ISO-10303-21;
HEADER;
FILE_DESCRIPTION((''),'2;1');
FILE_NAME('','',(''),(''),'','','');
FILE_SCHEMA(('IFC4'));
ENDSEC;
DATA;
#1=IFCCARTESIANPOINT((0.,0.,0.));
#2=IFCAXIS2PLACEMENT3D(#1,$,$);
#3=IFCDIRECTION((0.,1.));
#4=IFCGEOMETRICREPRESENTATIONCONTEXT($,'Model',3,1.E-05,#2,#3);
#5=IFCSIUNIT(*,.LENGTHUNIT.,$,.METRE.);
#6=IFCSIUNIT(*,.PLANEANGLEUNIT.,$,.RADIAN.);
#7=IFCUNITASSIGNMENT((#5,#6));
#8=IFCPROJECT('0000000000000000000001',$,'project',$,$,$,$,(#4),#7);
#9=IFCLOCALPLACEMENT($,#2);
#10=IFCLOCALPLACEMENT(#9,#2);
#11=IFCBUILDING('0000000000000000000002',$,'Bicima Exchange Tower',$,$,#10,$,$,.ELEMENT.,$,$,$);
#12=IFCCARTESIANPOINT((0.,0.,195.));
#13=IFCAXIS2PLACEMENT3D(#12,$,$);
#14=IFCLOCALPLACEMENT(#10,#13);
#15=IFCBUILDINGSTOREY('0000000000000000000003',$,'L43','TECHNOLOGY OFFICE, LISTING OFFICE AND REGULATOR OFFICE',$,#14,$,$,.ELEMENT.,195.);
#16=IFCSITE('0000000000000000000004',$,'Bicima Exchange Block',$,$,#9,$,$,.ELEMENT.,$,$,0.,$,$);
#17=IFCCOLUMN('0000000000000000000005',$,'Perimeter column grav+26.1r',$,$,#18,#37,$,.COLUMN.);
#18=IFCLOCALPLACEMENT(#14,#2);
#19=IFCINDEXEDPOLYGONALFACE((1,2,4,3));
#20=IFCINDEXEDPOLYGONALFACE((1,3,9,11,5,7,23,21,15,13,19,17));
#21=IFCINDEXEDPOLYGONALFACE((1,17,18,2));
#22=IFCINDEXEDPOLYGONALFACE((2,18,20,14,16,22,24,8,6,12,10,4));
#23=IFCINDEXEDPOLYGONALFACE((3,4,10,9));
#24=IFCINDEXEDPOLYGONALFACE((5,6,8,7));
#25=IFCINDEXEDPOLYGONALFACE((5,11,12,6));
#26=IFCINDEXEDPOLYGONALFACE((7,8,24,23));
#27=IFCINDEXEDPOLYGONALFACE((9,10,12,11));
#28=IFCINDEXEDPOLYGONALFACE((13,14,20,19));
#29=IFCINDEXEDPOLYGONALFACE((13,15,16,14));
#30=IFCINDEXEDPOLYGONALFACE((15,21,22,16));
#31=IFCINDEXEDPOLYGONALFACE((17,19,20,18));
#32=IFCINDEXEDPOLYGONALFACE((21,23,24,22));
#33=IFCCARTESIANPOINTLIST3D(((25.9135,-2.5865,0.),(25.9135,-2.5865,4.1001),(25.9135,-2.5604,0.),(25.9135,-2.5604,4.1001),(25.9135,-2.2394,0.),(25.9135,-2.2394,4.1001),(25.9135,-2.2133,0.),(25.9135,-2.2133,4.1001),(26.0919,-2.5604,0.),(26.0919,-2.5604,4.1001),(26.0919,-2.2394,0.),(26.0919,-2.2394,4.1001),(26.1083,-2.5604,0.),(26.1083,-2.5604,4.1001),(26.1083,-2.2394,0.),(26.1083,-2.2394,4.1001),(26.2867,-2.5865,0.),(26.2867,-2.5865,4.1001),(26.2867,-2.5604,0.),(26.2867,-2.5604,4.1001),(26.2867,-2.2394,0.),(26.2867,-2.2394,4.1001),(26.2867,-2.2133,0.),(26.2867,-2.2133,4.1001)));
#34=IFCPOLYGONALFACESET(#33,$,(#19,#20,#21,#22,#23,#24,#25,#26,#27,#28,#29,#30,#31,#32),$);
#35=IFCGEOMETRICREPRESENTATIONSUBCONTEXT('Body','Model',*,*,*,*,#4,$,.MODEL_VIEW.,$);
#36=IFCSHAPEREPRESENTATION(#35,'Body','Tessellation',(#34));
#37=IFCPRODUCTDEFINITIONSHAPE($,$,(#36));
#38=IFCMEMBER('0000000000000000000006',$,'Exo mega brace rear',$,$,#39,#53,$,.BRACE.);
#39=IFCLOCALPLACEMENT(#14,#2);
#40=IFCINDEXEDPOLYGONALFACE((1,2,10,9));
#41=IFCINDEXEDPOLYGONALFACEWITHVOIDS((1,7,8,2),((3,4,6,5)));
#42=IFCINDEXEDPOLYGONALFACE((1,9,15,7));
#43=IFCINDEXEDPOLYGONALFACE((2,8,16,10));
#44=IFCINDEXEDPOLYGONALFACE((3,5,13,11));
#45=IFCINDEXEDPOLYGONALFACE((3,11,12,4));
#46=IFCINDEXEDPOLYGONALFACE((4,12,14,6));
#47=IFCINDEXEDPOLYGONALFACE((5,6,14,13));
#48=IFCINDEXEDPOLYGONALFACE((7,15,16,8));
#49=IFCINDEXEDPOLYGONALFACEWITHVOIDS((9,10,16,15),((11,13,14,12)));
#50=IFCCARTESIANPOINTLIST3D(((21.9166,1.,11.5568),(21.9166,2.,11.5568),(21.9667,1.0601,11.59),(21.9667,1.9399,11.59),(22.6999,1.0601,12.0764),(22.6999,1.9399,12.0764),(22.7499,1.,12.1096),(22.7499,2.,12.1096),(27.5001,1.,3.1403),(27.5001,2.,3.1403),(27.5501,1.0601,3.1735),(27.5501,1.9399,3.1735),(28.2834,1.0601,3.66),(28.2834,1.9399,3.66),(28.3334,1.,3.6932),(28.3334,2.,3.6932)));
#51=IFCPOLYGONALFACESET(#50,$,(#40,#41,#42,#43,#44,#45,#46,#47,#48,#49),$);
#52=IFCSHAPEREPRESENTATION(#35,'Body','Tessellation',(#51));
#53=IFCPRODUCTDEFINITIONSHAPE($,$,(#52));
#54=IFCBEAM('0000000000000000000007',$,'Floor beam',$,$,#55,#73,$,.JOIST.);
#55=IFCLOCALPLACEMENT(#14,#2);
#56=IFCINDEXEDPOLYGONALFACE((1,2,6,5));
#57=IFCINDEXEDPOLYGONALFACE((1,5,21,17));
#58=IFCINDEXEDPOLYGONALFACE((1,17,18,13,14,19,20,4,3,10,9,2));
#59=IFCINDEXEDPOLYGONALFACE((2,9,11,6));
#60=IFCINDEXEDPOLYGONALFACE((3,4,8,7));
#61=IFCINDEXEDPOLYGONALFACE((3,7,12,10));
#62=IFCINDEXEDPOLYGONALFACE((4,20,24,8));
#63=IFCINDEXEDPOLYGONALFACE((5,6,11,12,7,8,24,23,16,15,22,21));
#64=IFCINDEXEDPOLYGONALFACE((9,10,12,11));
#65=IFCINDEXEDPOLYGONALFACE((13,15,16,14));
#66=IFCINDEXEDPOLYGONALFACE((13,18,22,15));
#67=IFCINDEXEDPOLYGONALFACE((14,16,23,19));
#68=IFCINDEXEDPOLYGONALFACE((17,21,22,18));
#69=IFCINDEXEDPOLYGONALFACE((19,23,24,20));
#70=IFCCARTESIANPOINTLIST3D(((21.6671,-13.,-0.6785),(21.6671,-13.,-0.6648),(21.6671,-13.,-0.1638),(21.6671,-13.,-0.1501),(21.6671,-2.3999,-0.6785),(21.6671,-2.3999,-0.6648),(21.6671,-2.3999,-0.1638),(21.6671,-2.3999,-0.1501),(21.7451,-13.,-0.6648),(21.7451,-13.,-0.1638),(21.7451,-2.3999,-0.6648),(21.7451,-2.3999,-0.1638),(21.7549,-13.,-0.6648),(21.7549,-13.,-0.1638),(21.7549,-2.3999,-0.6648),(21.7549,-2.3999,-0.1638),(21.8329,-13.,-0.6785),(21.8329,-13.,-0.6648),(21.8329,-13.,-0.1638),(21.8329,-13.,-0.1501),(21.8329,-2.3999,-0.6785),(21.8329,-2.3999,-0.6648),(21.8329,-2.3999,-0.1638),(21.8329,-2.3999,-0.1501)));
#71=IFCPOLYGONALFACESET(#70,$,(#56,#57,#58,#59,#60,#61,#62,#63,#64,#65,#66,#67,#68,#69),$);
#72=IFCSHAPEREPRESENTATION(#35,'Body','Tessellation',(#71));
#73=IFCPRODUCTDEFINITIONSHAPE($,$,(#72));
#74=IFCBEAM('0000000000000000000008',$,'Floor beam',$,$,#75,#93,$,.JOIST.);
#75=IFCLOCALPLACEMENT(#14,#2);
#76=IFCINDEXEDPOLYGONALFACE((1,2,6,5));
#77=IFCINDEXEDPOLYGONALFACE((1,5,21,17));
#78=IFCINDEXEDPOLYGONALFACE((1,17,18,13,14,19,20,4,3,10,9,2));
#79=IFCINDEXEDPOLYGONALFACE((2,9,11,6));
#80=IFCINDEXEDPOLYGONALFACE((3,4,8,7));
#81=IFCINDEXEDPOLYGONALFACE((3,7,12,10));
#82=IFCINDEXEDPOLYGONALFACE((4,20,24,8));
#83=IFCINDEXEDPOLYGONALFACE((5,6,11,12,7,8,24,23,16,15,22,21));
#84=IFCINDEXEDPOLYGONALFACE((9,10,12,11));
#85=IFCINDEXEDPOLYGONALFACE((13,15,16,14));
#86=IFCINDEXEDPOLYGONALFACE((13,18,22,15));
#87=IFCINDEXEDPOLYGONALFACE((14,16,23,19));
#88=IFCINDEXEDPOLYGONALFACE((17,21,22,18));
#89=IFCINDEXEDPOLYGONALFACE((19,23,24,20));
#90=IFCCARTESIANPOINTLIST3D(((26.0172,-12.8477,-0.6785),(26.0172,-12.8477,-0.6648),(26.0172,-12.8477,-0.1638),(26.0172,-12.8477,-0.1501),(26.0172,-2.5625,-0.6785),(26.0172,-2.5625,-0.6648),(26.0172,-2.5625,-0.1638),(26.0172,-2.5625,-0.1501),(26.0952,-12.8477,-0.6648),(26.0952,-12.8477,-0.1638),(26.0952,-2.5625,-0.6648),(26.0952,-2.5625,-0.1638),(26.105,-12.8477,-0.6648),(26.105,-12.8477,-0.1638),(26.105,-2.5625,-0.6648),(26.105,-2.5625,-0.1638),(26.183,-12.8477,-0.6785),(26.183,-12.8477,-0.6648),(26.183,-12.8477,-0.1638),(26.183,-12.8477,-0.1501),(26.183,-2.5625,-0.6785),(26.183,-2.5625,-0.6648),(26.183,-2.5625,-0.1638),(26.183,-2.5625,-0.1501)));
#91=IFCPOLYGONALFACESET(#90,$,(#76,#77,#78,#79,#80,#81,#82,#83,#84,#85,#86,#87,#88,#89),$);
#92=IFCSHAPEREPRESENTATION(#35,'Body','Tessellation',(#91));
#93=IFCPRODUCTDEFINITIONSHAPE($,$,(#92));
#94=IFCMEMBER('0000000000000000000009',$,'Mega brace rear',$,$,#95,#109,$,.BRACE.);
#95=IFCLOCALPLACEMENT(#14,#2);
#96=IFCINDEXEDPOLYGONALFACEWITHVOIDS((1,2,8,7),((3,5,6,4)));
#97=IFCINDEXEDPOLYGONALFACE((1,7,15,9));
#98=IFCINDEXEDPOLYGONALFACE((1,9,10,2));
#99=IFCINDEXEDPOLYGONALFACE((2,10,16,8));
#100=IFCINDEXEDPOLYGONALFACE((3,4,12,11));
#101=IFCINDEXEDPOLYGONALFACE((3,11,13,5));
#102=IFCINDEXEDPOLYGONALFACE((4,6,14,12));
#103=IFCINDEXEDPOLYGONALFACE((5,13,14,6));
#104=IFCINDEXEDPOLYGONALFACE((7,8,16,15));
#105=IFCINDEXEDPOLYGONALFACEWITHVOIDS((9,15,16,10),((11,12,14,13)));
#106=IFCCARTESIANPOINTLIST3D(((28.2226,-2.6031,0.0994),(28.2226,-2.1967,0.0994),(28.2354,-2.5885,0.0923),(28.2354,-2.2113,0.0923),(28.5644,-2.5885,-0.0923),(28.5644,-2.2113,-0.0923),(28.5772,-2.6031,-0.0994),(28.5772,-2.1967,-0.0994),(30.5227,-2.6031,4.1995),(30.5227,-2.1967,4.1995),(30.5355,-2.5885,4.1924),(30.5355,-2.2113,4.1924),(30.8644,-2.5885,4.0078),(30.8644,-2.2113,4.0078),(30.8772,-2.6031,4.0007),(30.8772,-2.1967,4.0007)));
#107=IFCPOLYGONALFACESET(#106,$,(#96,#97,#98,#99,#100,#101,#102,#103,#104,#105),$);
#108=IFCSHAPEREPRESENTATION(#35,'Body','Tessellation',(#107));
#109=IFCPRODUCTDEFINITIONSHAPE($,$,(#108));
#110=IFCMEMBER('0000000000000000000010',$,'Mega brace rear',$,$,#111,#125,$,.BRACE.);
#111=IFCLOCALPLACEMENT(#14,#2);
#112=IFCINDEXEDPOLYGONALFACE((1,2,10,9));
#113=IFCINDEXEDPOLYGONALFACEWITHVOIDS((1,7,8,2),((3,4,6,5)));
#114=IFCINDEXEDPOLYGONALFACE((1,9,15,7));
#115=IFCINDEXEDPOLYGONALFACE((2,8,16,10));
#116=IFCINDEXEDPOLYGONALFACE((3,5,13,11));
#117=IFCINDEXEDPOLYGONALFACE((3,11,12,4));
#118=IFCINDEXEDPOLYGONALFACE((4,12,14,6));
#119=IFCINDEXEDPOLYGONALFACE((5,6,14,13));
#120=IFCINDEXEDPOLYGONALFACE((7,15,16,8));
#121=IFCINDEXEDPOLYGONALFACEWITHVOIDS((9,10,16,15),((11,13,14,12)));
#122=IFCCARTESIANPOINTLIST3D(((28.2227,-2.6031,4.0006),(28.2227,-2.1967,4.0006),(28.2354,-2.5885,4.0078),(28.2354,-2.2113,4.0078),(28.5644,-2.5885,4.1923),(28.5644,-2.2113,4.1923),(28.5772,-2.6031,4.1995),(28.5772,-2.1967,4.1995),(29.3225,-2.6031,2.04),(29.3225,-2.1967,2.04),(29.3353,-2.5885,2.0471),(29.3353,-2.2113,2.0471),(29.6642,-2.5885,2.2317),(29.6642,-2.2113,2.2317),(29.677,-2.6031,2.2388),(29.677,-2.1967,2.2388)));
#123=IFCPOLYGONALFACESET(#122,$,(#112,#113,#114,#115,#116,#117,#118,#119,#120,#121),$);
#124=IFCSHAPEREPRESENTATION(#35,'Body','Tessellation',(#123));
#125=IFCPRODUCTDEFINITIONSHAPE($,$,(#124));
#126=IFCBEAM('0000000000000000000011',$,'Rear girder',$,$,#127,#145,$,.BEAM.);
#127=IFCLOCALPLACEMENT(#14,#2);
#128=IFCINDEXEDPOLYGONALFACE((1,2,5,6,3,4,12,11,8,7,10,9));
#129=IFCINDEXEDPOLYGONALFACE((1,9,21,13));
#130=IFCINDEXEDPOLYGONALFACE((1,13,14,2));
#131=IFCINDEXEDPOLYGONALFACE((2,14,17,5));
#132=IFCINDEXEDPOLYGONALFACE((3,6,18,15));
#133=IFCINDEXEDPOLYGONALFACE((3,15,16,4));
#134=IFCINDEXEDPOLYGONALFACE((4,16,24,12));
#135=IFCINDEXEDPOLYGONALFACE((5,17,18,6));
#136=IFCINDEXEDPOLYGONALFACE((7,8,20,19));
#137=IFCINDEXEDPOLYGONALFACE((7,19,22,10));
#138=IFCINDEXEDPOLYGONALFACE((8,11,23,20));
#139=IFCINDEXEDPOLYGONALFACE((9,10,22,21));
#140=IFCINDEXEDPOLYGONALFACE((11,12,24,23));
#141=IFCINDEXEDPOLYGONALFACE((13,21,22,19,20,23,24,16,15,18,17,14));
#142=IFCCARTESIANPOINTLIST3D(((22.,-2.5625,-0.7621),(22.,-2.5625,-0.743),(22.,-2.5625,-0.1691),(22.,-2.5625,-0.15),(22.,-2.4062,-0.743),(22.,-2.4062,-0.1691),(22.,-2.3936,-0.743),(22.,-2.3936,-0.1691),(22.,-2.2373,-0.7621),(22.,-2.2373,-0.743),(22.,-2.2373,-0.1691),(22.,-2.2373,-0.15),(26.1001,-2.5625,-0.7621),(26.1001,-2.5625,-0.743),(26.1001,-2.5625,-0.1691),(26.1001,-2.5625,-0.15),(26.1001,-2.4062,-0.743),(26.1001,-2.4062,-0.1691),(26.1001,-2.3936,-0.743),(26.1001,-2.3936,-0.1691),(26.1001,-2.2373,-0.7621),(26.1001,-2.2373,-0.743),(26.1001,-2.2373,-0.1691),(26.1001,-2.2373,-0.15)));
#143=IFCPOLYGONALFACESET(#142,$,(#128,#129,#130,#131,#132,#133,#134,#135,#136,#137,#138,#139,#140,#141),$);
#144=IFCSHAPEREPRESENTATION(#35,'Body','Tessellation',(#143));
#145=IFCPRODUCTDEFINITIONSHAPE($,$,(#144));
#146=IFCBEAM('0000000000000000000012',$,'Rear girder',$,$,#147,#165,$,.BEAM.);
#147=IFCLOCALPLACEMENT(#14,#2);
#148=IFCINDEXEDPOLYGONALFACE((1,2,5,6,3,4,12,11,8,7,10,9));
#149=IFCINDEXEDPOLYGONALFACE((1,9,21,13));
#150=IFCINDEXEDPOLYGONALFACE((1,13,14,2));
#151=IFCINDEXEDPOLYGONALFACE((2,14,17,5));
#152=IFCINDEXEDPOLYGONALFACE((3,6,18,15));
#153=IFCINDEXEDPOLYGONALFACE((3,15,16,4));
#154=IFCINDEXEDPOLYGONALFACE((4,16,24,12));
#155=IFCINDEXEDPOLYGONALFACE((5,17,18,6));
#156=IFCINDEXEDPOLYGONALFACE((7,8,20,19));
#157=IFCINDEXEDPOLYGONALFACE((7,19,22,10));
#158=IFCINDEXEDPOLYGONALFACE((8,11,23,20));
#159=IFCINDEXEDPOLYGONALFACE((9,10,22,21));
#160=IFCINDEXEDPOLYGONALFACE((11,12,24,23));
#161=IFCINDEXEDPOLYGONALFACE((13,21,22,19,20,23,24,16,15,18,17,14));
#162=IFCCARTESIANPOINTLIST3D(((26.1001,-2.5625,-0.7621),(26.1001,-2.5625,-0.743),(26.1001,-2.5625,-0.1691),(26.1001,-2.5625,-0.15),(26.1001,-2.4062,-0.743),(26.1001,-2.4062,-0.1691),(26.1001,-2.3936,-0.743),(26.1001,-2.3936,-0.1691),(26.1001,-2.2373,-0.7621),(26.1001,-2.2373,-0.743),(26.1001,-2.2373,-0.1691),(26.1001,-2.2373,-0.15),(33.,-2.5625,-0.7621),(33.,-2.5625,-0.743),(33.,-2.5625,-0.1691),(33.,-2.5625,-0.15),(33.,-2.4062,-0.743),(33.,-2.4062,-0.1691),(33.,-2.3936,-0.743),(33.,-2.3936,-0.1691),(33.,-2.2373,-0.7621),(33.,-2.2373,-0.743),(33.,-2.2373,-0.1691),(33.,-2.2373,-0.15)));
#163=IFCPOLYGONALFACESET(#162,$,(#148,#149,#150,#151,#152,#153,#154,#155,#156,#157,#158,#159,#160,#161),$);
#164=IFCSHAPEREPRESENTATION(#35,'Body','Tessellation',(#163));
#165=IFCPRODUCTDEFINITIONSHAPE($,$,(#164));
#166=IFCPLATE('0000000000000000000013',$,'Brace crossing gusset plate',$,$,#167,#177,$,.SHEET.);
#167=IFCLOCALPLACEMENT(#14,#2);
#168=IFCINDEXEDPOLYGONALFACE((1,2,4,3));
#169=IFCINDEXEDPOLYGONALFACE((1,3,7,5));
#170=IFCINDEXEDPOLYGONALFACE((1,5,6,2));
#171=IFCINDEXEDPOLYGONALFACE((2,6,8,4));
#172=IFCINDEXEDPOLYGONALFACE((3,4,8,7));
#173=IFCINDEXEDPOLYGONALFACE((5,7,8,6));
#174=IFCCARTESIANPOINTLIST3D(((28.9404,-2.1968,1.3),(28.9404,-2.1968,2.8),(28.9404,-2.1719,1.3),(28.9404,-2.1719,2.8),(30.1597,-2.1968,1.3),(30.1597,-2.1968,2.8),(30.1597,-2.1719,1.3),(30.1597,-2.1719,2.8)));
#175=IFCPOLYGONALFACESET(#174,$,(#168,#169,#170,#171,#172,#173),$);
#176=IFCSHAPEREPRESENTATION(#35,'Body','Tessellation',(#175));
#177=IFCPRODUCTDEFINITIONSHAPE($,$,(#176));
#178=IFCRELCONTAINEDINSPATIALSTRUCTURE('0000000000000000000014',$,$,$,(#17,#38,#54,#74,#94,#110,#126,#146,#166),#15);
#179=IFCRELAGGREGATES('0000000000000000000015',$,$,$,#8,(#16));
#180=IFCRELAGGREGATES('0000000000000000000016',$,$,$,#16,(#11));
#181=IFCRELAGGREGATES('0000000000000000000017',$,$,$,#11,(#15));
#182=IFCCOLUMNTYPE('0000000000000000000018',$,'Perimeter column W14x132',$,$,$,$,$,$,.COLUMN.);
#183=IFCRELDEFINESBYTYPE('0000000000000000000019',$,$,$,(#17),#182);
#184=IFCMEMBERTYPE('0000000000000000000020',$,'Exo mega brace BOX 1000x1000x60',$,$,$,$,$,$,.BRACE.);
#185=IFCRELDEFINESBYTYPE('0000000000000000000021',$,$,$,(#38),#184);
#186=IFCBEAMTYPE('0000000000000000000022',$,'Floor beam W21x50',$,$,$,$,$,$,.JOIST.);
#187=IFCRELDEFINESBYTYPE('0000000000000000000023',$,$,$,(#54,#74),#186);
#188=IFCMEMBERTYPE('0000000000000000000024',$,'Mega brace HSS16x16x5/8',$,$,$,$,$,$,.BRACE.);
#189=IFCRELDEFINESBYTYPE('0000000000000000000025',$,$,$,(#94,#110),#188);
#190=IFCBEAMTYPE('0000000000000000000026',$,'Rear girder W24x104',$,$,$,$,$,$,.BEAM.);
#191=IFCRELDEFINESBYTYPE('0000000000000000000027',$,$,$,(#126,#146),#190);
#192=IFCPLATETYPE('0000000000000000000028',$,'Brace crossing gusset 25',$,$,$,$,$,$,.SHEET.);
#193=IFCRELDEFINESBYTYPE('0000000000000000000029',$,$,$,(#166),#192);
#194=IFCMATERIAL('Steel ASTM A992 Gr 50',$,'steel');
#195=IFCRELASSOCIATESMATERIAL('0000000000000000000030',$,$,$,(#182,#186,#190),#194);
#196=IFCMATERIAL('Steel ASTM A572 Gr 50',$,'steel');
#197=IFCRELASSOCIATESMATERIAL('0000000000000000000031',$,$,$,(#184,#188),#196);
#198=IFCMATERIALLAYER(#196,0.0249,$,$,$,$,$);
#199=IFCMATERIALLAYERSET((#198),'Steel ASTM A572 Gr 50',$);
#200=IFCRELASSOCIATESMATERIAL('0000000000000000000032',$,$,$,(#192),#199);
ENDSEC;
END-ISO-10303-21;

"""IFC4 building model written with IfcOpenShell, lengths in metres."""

from ifc_helpers import new_model, si_unit, direction, frame, origin, origin_2d, place, context, subcontext, project, spatial, rectangle, hollow_rectangle, i_section, extrude, material, layer, layer_set, material_profile, profile_set, type_object, element, save


model = new_model("IFC4")

# Units and contexts
model_context = context("Model", 3, precision=1e-05, world=origin(), true_north=direction((0.0, 1.0)))
body_context = subcontext(model_context, "Body", "Model", "MODEL_VIEW")
ifc_project = project(units=[si_unit("LENGTHUNIT", "METRE"), si_unit("PLANEANGLEUNIT", "RADIAN")], contexts=[model_context])

# Site, building, storey
site_placement = place(None, origin())
site = spatial("IfcSite", under=ifc_project, at=site_placement, Name="Bicima Exchange Block", CompositionType="ELEMENT", RefElevation=0.0)
building_placement = place(site_placement, origin())
building = spatial("IfcBuilding", under=site, at=building_placement, Name="Bicima Exchange Tower", CompositionType="ELEMENT")
storey_placement = place(building_placement, frame((0.0, 0.0, 195.0)))
storey = spatial("IfcBuildingStorey", under=building, at=storey_placement, Name="L43", Description="TECHNOLOGY OFFICE, LISTING OFFICE AND REGULATOR OFFICE", CompositionType="ELEMENT", Elevation=195.0)

# Column
ifc_material_1 = material(Name="Steel ASTM A992 Gr 50", Category="steel")
ifc_material_profile_1 = material_profile(ifc_material_1, i_section(OverallWidth=0.3733, OverallDepth=0.3733, WebThickness=0.0164, FlangeThickness=0.0261, at=origin_2d()))
ifc_profile_set_1 = profile_set([ifc_material_profile_1], Name="Steel ASTM A992 Gr 50")
column_type = type_object("IfcColumnType", Name="Perimeter column W14x132", PredefinedType="COLUMN", material=ifc_profile_set_1)
column_placement = place(storey_placement, frame((26.1001, -2.3999, 0.0), z_axis=(0.0, 0.0, 1.0), x_axis=(1.0, 0.0, 0.0)))
element("IfcColumn", 1, at=column_placement, inside=storey, type_object=column_type, Name="Perimeter column grav+26.1r", PredefinedType="COLUMN", context=body_context, shape_type="SweptSolid", body=[
    extrude(i_section(OverallWidth=0.3733, OverallDepth=0.3733, WebThickness=0.0164, FlangeThickness=0.0261, at=origin_2d()), origin(), (0.0, 0.0, 1.0), 4.1001),
])

# Member
ifc_material_2 = material(Name="Steel ASTM A572 Gr 50", Category="steel")
ifc_material_profile_2 = material_profile(ifc_material_2, hollow_rectangle(XDim=1.0, YDim=1.0, WallThickness=0.0601, at=origin_2d()))
ifc_profile_set_2 = profile_set([ifc_material_profile_2], Name="Steel ASTM A572 Gr 50")
member_type_1 = type_object("IfcMemberType", Name="Exo mega brace BOX 1000x1000x60", PredefinedType="BRACE", material=ifc_profile_set_2)
member_1_placement = place(storey_placement, frame((27.9167, 1.5, 3.4167), z_axis=(-0.552813, 0.0, 0.833305), x_axis=(0.0, -1.0, 0.0)))
element("IfcMember", 2, at=member_1_placement, inside=storey, type_object=member_type_1, Name="Exo mega brace rear", PredefinedType="BRACE", context=body_context, shape_type="SweptSolid", body=[
    extrude(hollow_rectangle(XDim=1.0, YDim=1.0, WallThickness=0.0601, at=origin_2d()), origin(), (0.0, 0.0, 1.0), 10.1001),
])

# Beams
ifc_material_profile_3 = material_profile(ifc_material_1, i_section(OverallWidth=0.1658, OverallDepth=0.5283, WebThickness=0.0098, FlangeThickness=0.0137, at=origin_2d()))
ifc_profile_set_3 = profile_set([ifc_material_profile_3], Name="Steel ASTM A992 Gr 50")
beam_type_1 = type_object("IfcBeamType", Name="Floor beam W21x50", PredefinedType="JOIST", material=ifc_profile_set_3)
beam_1_placement = place(storey_placement, frame((21.75, -2.3999, -0.4143), z_axis=(0.0, -1.0, 0.0), x_axis=(1.0, 0.0, 0.0)))
element("IfcBeam", 3, at=beam_1_placement, inside=storey, type_object=beam_type_1, Name="Floor beam", PredefinedType="JOIST", context=body_context, shape_type="SweptSolid", body=[
    extrude(i_section(OverallWidth=0.1658, OverallDepth=0.5283, WebThickness=0.0098, FlangeThickness=0.0137, at=origin_2d()), origin(), (0.0, 0.0, 1.0), 10.6001),
])
beam_2_placement = place(storey_placement, frame((26.1001, -2.5625, -0.4143), z_axis=(0.0, -1.0, 0.0), x_axis=(1.0, 0.0, 0.0)))
element("IfcBeam", 4, at=beam_2_placement, inside=storey, type_object=beam_type_1, Name="Floor beam", PredefinedType="JOIST", context=body_context, shape_type="SweptSolid", body=[
    extrude(i_section(OverallWidth=0.1658, OverallDepth=0.5283, WebThickness=0.0098, FlangeThickness=0.0137, at=origin_2d()), origin(), (0.0, 0.0, 1.0), 10.2852),
])

# Members
ifc_material_profile_4 = material_profile(ifc_material_2, hollow_rectangle(XDim=0.4065, YDim=0.4065, WallThickness=0.0146, at=origin_2d()))
ifc_profile_set_4 = profile_set([ifc_material_profile_4], Name="Steel ASTM A572 Gr 50")
member_type_2 = type_object("IfcMemberType", Name="Mega brace HSS16x16x5/8", PredefinedType="BRACE", material=ifc_profile_set_4)
member_2_placement = place(storey_placement, frame((28.3999, -2.3999, 0.0), z_axis=(0.48925, 0.0, 0.872144), x_axis=(0.0, 1.0, 0.0)))
element("IfcMember", 5, at=member_2_placement, inside=storey, type_object=member_type_2, Name="Mega brace rear", PredefinedType="BRACE", context=body_context, shape_type="SweptSolid", body=[
    extrude(hollow_rectangle(XDim=0.4065, YDim=0.4065, WallThickness=0.0146, at=origin_2d()), origin(), (0.0, 0.0, 1.0), 4.7012),
])
member_3_placement = place(storey_placement, frame((29.4998, -2.3999, 2.1394), z_axis=(-0.489235, 0.0, 0.872152), x_axis=(0.0, -1.0, 0.0)))
element("IfcMember", 6, at=member_3_placement, inside=storey, type_object=member_type_2, Name="Mega brace rear", PredefinedType="BRACE", context=body_context, shape_type="SweptSolid", body=[
    extrude(hollow_rectangle(XDim=0.4065, YDim=0.4065, WallThickness=0.0146, at=origin_2d()), origin(), (0.0, 0.0, 1.0), 2.248),
])

# Beams
ifc_material_profile_5 = material_profile(ifc_material_1, i_section(OverallWidth=0.3252, OverallDepth=0.6121, WebThickness=0.0127, FlangeThickness=0.019, at=origin_2d()))
ifc_profile_set_5 = profile_set([ifc_material_profile_5], Name="Steel ASTM A992 Gr 50")
beam_type_2 = type_object("IfcBeamType", Name="Rear girder W24x104", PredefinedType="BEAM", material=ifc_profile_set_5)
beam_3_placement = place(storey_placement, frame((22.0, -2.3999, -0.4561), z_axis=(1.0, 0.0, 0.0), x_axis=(0.0, 1.0, 0.0)))
element("IfcBeam", 7, at=beam_3_placement, inside=storey, type_object=beam_type_2, Name="Rear girder", PredefinedType="BEAM", context=body_context, shape_type="SweptSolid", body=[
    extrude(i_section(OverallWidth=0.3252, OverallDepth=0.6121, WebThickness=0.0127, FlangeThickness=0.019, at=origin_2d()), origin(), (0.0, 0.0, 1.0), 4.1001),
])
beam_4_placement = place(storey_placement, frame((26.1001, -2.3999, -0.4561), z_axis=(1.0, 0.0, 0.0), x_axis=(0.0, 1.0, 0.0)))
element("IfcBeam", 8, at=beam_4_placement, inside=storey, type_object=beam_type_2, Name="Rear girder", PredefinedType="BEAM", context=body_context, shape_type="SweptSolid", body=[
    extrude(i_section(OverallWidth=0.3252, OverallDepth=0.6121, WebThickness=0.0127, FlangeThickness=0.019, at=origin_2d()), origin(), (0.0, 0.0, 1.0), 6.8999),
])

# Plate
ifc_layer_1 = layer(ifc_material_2, 0.0249)
ifc_layer_set_1 = layer_set([ifc_layer_1], Name="Steel ASTM A572 Gr 50")
plate_type = type_object("IfcPlateType", Name="Brace crossing gusset 25", PredefinedType="SHEET", material=ifc_layer_set_1)
plate_placement = place(storey_placement, frame((29.55, -2.1843, 1.3), z_axis=(0.0, 0.0, 1.0), x_axis=(1.0, 0.0, 0.0)))
element("IfcPlate", 9, at=plate_placement, inside=storey, type_object=plate_type, Name="Brace crossing gusset plate", PredefinedType="SHEET", context=body_context, shape_type="SweptSolid", body=[
    extrude(rectangle(XDim=1.2192, YDim=0.0249, at=origin_2d()), origin(), (0.0, 0.0, 1.0), 1.5),
])

save(model, "model.ifc")
